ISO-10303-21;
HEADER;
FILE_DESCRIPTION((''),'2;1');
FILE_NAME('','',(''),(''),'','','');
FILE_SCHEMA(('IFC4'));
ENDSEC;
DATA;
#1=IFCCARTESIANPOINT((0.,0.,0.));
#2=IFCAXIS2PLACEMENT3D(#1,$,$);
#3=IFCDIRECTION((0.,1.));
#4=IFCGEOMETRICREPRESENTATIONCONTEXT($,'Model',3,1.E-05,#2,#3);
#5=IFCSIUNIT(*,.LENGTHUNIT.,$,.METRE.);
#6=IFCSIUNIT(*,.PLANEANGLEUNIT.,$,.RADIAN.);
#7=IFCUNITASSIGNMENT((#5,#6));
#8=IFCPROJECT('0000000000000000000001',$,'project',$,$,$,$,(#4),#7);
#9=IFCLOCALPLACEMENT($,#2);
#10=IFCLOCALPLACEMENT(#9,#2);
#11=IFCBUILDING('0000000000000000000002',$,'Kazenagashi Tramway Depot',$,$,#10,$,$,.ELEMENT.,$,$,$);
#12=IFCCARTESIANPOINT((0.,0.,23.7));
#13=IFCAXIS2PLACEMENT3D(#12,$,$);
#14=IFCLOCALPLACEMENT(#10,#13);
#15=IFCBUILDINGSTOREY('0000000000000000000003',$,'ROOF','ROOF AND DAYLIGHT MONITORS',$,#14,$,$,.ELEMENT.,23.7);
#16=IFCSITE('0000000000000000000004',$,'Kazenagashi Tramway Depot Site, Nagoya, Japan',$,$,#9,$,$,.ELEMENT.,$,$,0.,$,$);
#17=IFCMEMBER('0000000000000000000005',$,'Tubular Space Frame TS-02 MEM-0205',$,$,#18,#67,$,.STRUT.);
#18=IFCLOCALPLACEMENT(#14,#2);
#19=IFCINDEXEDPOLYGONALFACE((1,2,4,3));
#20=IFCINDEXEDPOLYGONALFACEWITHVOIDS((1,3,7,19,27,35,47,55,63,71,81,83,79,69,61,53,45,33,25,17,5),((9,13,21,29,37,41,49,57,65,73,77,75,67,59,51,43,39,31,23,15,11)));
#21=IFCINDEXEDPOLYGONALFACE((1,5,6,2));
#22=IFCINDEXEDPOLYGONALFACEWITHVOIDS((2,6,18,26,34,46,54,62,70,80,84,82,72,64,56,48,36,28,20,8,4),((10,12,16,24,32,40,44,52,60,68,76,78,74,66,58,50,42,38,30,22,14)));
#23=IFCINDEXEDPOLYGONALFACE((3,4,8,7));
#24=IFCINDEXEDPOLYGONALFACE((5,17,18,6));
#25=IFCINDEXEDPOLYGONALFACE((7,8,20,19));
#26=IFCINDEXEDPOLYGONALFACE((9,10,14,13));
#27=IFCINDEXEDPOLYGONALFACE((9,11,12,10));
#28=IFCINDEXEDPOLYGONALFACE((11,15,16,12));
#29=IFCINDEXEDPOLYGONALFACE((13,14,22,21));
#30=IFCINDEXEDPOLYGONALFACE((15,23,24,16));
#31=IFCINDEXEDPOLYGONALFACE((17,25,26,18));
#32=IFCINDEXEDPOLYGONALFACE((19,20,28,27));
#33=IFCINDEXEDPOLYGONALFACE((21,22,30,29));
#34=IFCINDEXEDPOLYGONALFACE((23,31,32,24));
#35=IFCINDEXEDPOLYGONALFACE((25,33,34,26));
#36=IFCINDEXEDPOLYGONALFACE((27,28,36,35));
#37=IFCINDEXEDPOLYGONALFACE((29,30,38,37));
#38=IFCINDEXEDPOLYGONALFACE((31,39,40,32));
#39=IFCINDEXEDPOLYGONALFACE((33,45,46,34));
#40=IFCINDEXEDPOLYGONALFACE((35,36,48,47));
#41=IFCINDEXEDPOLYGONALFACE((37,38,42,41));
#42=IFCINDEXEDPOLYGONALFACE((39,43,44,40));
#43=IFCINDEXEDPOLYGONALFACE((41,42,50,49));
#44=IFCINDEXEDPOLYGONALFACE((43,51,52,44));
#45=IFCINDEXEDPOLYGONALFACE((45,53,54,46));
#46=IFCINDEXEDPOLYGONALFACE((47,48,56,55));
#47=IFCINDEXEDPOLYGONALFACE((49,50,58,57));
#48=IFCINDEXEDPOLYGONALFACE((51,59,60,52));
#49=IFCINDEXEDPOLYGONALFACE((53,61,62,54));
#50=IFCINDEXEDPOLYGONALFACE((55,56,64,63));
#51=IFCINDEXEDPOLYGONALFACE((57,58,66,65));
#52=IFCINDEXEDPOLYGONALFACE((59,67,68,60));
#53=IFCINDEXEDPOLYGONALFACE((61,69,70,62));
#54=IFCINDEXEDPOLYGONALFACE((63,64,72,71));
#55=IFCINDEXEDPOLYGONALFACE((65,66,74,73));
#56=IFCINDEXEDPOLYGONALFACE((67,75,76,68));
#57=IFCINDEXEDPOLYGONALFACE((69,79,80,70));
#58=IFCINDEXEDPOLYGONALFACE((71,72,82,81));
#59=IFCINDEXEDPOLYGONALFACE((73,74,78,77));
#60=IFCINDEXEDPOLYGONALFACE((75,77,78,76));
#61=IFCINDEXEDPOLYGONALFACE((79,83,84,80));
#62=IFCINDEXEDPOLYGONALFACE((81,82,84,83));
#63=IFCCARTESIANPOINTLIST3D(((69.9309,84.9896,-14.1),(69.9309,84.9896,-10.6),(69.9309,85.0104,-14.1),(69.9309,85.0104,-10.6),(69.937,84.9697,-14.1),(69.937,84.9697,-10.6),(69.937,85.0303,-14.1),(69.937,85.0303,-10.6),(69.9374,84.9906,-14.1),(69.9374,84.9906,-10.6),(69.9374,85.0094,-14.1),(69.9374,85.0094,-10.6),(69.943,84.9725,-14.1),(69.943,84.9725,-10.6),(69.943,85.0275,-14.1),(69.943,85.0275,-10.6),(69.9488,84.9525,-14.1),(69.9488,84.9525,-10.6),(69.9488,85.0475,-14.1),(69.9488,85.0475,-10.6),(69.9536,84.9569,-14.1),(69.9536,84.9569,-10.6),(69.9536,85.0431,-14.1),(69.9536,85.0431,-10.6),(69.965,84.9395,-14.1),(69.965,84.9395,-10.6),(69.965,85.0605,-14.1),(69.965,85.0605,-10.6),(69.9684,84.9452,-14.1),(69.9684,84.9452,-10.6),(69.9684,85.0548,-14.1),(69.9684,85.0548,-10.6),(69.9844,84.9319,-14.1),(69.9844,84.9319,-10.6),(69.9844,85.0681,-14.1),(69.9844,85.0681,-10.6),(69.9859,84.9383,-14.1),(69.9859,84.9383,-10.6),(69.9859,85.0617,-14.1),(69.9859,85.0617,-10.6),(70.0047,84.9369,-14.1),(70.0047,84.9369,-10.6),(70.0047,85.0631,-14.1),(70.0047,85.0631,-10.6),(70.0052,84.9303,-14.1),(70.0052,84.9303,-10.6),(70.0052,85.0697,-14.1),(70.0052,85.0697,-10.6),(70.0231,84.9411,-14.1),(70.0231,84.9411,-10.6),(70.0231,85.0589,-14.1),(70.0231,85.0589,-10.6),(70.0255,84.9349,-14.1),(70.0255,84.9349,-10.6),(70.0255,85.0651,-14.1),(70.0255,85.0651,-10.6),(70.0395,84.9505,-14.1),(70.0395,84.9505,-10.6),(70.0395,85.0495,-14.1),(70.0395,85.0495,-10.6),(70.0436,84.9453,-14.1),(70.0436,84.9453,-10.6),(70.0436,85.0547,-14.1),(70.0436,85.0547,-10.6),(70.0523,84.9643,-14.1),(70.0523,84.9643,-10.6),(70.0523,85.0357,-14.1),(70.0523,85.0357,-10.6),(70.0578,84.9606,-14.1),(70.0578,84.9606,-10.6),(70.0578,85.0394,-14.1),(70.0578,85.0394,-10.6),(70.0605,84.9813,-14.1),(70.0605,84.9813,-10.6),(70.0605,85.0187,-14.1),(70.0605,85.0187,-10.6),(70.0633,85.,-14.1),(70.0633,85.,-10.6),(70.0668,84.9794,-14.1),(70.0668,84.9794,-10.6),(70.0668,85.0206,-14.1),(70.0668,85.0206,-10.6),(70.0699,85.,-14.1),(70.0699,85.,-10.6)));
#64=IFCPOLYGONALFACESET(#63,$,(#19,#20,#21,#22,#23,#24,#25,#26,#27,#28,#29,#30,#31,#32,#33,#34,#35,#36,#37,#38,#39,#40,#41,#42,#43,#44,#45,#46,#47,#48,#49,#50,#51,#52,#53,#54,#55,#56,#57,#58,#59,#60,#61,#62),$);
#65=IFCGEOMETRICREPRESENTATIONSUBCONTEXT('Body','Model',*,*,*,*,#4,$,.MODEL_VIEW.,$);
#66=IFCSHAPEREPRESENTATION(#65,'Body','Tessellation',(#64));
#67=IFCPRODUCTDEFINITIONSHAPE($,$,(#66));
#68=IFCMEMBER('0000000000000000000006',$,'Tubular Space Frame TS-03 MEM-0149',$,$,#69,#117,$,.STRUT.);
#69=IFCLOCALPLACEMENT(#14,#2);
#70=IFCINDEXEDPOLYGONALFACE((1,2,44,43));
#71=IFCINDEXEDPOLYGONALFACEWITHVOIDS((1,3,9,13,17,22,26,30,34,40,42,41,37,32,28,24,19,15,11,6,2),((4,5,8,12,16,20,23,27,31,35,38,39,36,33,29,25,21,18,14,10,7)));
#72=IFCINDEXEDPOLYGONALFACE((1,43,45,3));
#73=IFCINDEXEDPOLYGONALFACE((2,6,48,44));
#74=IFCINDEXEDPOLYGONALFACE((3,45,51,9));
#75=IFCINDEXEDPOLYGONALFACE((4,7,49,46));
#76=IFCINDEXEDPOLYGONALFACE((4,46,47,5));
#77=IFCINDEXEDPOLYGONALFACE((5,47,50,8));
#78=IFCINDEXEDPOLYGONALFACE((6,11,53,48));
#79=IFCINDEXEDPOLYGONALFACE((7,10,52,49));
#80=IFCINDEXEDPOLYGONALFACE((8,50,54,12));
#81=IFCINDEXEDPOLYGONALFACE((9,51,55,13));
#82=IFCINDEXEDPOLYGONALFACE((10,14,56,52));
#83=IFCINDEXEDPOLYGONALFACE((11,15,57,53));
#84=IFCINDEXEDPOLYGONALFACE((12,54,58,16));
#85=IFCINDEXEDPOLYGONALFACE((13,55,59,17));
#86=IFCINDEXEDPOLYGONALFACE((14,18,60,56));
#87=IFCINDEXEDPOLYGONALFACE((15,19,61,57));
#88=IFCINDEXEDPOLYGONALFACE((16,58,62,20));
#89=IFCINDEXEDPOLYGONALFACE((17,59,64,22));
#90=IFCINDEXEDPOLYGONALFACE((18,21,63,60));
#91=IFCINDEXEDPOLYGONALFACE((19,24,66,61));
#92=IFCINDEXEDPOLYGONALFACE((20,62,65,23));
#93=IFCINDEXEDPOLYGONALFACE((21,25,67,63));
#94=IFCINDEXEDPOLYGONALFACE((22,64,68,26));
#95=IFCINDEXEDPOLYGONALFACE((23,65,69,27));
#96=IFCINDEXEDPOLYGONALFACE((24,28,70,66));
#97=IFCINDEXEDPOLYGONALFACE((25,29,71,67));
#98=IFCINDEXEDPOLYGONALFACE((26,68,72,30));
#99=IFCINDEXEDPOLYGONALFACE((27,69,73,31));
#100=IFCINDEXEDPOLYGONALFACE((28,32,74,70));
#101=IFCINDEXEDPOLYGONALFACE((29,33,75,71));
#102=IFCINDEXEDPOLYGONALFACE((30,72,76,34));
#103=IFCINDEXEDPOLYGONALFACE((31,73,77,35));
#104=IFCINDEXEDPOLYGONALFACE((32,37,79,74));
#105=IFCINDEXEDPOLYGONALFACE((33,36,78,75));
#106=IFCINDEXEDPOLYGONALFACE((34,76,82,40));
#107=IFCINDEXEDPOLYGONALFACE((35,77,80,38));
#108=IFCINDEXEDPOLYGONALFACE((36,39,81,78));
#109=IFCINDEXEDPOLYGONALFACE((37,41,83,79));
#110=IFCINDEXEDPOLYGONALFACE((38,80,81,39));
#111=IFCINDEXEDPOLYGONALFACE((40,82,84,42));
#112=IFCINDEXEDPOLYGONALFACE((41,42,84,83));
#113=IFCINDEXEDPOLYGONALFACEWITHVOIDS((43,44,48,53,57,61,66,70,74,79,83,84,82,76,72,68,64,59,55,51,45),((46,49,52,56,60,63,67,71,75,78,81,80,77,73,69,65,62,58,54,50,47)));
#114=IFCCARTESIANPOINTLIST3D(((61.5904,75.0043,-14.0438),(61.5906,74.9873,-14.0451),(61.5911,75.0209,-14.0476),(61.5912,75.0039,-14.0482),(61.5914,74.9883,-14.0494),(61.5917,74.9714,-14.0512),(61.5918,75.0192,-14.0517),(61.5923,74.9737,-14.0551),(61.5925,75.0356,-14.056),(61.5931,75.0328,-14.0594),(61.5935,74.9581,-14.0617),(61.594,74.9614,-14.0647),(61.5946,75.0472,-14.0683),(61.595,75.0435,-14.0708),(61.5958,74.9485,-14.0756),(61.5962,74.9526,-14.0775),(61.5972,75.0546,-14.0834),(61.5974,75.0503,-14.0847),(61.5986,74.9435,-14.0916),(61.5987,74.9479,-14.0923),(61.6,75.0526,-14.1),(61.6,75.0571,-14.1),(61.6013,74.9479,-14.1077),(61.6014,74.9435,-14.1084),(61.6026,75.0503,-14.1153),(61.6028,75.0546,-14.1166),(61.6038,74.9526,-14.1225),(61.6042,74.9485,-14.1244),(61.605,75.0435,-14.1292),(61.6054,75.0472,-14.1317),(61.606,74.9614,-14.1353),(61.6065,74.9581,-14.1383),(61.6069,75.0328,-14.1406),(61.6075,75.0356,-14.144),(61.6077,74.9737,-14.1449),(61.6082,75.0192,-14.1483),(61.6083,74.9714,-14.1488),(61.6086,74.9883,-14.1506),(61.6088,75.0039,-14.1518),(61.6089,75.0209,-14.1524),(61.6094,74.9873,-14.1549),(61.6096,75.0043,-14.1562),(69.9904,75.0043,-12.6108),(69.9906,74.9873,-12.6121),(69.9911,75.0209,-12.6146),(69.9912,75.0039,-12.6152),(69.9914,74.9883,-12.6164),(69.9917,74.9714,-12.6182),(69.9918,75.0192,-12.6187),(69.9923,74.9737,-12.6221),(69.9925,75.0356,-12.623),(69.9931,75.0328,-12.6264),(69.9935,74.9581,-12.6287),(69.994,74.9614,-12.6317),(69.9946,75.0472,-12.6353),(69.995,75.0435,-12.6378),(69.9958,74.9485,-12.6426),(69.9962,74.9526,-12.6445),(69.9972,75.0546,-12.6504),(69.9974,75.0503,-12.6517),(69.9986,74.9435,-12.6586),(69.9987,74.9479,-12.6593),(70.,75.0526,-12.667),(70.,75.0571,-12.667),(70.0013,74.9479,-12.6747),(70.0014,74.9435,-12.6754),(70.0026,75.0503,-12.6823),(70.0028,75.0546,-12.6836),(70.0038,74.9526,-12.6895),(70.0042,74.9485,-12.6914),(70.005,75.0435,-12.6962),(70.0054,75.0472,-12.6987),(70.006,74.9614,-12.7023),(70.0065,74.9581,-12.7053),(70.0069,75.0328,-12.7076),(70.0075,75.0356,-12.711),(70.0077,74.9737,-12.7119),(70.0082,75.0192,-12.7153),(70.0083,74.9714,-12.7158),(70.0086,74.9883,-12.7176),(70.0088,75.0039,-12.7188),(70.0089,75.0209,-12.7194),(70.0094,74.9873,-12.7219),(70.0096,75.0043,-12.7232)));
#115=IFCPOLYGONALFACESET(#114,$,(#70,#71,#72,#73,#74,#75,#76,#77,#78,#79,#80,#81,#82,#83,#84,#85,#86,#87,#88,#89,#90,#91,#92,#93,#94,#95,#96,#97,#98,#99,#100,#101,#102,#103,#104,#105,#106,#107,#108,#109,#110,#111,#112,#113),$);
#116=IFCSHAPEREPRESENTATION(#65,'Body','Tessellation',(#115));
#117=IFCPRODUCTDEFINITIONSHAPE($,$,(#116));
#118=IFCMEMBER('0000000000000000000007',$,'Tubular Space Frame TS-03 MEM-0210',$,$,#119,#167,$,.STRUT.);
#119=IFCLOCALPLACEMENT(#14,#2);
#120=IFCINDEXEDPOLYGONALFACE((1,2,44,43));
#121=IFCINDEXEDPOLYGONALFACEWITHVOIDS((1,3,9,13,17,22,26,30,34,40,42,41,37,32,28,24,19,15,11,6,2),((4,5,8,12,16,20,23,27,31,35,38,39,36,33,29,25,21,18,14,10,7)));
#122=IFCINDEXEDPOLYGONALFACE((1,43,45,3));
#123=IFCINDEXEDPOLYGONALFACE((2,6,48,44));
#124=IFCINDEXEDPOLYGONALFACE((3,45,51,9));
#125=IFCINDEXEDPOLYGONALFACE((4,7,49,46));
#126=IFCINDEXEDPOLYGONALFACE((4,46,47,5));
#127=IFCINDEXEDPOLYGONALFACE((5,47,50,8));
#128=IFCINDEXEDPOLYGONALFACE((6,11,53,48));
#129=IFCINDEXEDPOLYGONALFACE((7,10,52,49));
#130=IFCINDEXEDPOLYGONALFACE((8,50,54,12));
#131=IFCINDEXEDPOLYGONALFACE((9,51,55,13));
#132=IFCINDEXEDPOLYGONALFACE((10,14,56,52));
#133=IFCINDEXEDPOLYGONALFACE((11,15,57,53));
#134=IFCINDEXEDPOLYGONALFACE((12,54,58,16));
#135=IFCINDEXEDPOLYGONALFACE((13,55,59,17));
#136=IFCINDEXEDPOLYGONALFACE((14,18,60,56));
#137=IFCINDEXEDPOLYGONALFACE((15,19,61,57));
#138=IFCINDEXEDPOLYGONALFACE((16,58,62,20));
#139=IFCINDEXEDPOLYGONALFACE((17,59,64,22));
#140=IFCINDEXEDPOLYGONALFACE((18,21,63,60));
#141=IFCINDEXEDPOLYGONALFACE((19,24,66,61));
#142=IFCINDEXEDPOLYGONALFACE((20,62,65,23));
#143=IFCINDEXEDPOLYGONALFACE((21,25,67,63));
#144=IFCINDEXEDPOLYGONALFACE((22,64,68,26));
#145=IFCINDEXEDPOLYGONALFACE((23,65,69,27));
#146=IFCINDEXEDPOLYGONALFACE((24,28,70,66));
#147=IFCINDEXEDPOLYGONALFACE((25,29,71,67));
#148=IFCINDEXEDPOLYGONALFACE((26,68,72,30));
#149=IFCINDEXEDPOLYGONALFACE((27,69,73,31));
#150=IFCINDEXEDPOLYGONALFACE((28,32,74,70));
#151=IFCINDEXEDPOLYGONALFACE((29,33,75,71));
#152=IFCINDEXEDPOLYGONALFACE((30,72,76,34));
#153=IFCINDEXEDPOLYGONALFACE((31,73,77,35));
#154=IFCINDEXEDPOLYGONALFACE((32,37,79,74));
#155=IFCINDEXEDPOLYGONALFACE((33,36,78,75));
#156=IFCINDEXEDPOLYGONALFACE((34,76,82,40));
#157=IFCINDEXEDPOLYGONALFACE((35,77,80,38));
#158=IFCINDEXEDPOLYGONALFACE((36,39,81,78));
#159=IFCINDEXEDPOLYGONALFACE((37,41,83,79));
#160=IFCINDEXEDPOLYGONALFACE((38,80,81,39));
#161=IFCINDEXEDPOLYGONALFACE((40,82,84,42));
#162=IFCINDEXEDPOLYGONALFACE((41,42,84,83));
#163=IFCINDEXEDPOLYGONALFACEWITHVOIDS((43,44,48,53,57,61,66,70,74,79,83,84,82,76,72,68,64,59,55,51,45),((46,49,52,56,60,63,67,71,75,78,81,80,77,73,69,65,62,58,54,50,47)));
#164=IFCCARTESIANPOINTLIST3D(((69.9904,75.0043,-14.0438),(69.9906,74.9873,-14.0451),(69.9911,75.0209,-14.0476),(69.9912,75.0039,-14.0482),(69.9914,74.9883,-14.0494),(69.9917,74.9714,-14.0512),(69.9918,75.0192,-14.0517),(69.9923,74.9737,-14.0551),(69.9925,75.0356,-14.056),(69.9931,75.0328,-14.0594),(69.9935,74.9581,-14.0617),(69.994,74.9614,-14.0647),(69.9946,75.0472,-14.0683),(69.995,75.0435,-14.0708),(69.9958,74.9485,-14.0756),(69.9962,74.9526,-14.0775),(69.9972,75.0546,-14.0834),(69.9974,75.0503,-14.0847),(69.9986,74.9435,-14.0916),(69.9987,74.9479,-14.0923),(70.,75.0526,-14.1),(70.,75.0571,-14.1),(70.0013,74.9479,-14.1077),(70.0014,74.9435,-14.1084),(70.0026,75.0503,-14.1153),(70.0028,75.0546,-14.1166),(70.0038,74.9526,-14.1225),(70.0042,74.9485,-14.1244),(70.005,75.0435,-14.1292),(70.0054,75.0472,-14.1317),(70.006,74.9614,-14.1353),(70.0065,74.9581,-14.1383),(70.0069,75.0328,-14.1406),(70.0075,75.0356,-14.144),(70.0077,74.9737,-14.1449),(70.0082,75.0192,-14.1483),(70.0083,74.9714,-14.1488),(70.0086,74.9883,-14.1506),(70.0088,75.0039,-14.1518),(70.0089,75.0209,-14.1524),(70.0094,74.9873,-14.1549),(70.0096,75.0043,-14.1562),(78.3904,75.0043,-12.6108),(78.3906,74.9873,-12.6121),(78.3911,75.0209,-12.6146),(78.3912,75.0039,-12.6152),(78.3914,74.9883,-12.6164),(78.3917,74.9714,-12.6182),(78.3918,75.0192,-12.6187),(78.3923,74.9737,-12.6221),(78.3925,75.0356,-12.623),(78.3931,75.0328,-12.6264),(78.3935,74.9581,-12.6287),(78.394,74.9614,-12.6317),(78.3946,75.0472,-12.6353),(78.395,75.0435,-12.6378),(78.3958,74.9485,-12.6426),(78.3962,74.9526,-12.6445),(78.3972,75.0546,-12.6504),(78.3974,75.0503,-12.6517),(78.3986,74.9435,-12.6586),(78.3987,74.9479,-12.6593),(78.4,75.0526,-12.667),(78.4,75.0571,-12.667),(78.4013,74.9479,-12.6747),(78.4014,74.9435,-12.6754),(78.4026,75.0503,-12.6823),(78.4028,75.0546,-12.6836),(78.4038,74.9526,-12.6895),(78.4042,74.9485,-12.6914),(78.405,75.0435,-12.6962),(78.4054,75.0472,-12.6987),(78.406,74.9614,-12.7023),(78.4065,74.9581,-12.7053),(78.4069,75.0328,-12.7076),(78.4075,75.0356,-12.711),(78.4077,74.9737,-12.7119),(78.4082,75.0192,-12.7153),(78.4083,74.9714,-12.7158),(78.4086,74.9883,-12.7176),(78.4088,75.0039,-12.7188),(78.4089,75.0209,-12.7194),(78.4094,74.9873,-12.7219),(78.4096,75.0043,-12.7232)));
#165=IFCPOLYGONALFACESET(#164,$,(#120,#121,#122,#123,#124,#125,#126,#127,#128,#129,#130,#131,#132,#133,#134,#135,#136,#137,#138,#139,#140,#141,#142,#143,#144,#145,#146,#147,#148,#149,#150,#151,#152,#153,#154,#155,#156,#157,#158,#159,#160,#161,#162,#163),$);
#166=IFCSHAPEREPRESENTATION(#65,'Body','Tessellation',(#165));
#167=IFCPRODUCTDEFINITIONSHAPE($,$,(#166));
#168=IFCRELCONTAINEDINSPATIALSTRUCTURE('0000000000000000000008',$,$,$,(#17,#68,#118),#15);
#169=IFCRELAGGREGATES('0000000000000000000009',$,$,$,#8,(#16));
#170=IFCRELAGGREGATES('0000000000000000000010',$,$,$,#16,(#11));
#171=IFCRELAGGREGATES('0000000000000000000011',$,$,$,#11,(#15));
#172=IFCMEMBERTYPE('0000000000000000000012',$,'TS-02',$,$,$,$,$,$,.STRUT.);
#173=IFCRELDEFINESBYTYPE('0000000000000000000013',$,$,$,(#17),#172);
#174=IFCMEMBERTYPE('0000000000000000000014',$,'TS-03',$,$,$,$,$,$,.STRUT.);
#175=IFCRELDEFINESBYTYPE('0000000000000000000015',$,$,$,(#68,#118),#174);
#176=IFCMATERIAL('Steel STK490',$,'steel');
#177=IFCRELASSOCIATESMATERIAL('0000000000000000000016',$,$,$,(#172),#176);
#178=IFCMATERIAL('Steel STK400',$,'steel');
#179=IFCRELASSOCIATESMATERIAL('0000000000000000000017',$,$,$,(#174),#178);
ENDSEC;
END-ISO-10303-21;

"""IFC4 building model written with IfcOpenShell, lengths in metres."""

from ifc_helpers import new_model, si_unit, direction, frame, origin, origin_2d, place, context, subcontext, project, spatial, hollow_circle, extrude, material, material_profile, profile_set, type_object, element, save


model = new_model("IFC4")

# Units and contexts
model_context = context("Model", 3, precision=1e-05, world=origin(), true_north=direction((0.0, 1.0)))
body_context = subcontext(model_context, "Body", "Model", "MODEL_VIEW")
ifc_project = project(units=[si_unit("LENGTHUNIT", "METRE"), si_unit("PLANEANGLEUNIT", "RADIAN")], contexts=[model_context])

# Site, building, storey
site_placement = place(None, origin())
site = spatial("IfcSite", under=ifc_project, at=site_placement, Name="Kazenagashi Tramway Depot Site, Nagoya, Japan", CompositionType="ELEMENT", RefElevation=0.0)
building_placement = place(site_placement, origin())
building = spatial("IfcBuilding", under=site, at=building_placement, Name="Kazenagashi Tramway Depot", CompositionType="ELEMENT")
storey_placement = place(building_placement, frame((0.0, 0.0, 23.7)))
storey = spatial("IfcBuildingStorey", under=building, at=storey_placement, Name="ROOF", Description="ROOF AND DAYLIGHT MONITORS", CompositionType="ELEMENT", Elevation=23.7)

# Members
ifc_material_1 = material(Name="Steel STK490", Category="steel")
ifc_material_profile_1 = material_profile(ifc_material_1, hollow_circle(Radius=0.0699, WallThickness=0.0066, at=origin_2d()), Name="CHS-139.8x6.6")
ifc_profile_set_1 = profile_set([ifc_material_profile_1], Name="Steel STK490")
member_type_1 = type_object("IfcMemberType", Name="TS-02", PredefinedType="STRUT", material=ifc_profile_set_1)
member_1_placement = place(storey_placement, frame((70.0, 85.0, -14.1), z_axis=(0.0, 0.0, 1.0), x_axis=(1.0, 0.0, 0.0)))
element("IfcMember", 1, at=member_1_placement, inside=storey, type_object=member_type_1, Name="Tubular Space Frame TS-02 MEM-0205", PredefinedType="STRUT", context=body_context, shape_type="SweptSolid", body=[
    extrude(hollow_circle(Radius=0.0699, WallThickness=0.0066, at=origin_2d()), origin(), (0.0, 0.0, 1.0), 3.5),
])
ifc_material_2 = material(Name="Steel STK400", Category="steel")
ifc_material_profile_2 = material_profile(ifc_material_2, hollow_circle(Radius=0.0571, WallThickness=0.0045, at=origin_2d()), Name="CHS-114.3x4.5")
ifc_profile_set_2 = profile_set([ifc_material_profile_2], Name="Steel STK400")
member_type_2 = type_object("IfcMemberType", Name="TS-03", PredefinedType="STRUT", material=ifc_profile_set_2)
for number, where, z_axis, x_axis, name in (
    (2, (61.6, 75.0, -14.1), (0.985759, 0.0, 0.168166), (0.0, 1.0, 0.0), "Tubular Space Frame TS-03 MEM-0149"),
    (3, (70.0, 75.0, -14.1), (0.985759, 0.0, 0.168166), (0.0, 1.0, 0.0), "Tubular Space Frame TS-03 MEM-0210"),
):
    element("IfcMember", number, at=place(storey_placement, frame(where, z_axis=z_axis, x_axis=x_axis)), inside=storey, type_object=member_type_2, Name=name, PredefinedType="STRUT", context=body_context, shape_type="SweptSolid", body=[
        extrude(hollow_circle(Radius=0.0571, WallThickness=0.0045, at=origin_2d()), origin(), (0.0, 0.0, 1.0), 8.5214),
    ])

save(model, "model.ifc")
